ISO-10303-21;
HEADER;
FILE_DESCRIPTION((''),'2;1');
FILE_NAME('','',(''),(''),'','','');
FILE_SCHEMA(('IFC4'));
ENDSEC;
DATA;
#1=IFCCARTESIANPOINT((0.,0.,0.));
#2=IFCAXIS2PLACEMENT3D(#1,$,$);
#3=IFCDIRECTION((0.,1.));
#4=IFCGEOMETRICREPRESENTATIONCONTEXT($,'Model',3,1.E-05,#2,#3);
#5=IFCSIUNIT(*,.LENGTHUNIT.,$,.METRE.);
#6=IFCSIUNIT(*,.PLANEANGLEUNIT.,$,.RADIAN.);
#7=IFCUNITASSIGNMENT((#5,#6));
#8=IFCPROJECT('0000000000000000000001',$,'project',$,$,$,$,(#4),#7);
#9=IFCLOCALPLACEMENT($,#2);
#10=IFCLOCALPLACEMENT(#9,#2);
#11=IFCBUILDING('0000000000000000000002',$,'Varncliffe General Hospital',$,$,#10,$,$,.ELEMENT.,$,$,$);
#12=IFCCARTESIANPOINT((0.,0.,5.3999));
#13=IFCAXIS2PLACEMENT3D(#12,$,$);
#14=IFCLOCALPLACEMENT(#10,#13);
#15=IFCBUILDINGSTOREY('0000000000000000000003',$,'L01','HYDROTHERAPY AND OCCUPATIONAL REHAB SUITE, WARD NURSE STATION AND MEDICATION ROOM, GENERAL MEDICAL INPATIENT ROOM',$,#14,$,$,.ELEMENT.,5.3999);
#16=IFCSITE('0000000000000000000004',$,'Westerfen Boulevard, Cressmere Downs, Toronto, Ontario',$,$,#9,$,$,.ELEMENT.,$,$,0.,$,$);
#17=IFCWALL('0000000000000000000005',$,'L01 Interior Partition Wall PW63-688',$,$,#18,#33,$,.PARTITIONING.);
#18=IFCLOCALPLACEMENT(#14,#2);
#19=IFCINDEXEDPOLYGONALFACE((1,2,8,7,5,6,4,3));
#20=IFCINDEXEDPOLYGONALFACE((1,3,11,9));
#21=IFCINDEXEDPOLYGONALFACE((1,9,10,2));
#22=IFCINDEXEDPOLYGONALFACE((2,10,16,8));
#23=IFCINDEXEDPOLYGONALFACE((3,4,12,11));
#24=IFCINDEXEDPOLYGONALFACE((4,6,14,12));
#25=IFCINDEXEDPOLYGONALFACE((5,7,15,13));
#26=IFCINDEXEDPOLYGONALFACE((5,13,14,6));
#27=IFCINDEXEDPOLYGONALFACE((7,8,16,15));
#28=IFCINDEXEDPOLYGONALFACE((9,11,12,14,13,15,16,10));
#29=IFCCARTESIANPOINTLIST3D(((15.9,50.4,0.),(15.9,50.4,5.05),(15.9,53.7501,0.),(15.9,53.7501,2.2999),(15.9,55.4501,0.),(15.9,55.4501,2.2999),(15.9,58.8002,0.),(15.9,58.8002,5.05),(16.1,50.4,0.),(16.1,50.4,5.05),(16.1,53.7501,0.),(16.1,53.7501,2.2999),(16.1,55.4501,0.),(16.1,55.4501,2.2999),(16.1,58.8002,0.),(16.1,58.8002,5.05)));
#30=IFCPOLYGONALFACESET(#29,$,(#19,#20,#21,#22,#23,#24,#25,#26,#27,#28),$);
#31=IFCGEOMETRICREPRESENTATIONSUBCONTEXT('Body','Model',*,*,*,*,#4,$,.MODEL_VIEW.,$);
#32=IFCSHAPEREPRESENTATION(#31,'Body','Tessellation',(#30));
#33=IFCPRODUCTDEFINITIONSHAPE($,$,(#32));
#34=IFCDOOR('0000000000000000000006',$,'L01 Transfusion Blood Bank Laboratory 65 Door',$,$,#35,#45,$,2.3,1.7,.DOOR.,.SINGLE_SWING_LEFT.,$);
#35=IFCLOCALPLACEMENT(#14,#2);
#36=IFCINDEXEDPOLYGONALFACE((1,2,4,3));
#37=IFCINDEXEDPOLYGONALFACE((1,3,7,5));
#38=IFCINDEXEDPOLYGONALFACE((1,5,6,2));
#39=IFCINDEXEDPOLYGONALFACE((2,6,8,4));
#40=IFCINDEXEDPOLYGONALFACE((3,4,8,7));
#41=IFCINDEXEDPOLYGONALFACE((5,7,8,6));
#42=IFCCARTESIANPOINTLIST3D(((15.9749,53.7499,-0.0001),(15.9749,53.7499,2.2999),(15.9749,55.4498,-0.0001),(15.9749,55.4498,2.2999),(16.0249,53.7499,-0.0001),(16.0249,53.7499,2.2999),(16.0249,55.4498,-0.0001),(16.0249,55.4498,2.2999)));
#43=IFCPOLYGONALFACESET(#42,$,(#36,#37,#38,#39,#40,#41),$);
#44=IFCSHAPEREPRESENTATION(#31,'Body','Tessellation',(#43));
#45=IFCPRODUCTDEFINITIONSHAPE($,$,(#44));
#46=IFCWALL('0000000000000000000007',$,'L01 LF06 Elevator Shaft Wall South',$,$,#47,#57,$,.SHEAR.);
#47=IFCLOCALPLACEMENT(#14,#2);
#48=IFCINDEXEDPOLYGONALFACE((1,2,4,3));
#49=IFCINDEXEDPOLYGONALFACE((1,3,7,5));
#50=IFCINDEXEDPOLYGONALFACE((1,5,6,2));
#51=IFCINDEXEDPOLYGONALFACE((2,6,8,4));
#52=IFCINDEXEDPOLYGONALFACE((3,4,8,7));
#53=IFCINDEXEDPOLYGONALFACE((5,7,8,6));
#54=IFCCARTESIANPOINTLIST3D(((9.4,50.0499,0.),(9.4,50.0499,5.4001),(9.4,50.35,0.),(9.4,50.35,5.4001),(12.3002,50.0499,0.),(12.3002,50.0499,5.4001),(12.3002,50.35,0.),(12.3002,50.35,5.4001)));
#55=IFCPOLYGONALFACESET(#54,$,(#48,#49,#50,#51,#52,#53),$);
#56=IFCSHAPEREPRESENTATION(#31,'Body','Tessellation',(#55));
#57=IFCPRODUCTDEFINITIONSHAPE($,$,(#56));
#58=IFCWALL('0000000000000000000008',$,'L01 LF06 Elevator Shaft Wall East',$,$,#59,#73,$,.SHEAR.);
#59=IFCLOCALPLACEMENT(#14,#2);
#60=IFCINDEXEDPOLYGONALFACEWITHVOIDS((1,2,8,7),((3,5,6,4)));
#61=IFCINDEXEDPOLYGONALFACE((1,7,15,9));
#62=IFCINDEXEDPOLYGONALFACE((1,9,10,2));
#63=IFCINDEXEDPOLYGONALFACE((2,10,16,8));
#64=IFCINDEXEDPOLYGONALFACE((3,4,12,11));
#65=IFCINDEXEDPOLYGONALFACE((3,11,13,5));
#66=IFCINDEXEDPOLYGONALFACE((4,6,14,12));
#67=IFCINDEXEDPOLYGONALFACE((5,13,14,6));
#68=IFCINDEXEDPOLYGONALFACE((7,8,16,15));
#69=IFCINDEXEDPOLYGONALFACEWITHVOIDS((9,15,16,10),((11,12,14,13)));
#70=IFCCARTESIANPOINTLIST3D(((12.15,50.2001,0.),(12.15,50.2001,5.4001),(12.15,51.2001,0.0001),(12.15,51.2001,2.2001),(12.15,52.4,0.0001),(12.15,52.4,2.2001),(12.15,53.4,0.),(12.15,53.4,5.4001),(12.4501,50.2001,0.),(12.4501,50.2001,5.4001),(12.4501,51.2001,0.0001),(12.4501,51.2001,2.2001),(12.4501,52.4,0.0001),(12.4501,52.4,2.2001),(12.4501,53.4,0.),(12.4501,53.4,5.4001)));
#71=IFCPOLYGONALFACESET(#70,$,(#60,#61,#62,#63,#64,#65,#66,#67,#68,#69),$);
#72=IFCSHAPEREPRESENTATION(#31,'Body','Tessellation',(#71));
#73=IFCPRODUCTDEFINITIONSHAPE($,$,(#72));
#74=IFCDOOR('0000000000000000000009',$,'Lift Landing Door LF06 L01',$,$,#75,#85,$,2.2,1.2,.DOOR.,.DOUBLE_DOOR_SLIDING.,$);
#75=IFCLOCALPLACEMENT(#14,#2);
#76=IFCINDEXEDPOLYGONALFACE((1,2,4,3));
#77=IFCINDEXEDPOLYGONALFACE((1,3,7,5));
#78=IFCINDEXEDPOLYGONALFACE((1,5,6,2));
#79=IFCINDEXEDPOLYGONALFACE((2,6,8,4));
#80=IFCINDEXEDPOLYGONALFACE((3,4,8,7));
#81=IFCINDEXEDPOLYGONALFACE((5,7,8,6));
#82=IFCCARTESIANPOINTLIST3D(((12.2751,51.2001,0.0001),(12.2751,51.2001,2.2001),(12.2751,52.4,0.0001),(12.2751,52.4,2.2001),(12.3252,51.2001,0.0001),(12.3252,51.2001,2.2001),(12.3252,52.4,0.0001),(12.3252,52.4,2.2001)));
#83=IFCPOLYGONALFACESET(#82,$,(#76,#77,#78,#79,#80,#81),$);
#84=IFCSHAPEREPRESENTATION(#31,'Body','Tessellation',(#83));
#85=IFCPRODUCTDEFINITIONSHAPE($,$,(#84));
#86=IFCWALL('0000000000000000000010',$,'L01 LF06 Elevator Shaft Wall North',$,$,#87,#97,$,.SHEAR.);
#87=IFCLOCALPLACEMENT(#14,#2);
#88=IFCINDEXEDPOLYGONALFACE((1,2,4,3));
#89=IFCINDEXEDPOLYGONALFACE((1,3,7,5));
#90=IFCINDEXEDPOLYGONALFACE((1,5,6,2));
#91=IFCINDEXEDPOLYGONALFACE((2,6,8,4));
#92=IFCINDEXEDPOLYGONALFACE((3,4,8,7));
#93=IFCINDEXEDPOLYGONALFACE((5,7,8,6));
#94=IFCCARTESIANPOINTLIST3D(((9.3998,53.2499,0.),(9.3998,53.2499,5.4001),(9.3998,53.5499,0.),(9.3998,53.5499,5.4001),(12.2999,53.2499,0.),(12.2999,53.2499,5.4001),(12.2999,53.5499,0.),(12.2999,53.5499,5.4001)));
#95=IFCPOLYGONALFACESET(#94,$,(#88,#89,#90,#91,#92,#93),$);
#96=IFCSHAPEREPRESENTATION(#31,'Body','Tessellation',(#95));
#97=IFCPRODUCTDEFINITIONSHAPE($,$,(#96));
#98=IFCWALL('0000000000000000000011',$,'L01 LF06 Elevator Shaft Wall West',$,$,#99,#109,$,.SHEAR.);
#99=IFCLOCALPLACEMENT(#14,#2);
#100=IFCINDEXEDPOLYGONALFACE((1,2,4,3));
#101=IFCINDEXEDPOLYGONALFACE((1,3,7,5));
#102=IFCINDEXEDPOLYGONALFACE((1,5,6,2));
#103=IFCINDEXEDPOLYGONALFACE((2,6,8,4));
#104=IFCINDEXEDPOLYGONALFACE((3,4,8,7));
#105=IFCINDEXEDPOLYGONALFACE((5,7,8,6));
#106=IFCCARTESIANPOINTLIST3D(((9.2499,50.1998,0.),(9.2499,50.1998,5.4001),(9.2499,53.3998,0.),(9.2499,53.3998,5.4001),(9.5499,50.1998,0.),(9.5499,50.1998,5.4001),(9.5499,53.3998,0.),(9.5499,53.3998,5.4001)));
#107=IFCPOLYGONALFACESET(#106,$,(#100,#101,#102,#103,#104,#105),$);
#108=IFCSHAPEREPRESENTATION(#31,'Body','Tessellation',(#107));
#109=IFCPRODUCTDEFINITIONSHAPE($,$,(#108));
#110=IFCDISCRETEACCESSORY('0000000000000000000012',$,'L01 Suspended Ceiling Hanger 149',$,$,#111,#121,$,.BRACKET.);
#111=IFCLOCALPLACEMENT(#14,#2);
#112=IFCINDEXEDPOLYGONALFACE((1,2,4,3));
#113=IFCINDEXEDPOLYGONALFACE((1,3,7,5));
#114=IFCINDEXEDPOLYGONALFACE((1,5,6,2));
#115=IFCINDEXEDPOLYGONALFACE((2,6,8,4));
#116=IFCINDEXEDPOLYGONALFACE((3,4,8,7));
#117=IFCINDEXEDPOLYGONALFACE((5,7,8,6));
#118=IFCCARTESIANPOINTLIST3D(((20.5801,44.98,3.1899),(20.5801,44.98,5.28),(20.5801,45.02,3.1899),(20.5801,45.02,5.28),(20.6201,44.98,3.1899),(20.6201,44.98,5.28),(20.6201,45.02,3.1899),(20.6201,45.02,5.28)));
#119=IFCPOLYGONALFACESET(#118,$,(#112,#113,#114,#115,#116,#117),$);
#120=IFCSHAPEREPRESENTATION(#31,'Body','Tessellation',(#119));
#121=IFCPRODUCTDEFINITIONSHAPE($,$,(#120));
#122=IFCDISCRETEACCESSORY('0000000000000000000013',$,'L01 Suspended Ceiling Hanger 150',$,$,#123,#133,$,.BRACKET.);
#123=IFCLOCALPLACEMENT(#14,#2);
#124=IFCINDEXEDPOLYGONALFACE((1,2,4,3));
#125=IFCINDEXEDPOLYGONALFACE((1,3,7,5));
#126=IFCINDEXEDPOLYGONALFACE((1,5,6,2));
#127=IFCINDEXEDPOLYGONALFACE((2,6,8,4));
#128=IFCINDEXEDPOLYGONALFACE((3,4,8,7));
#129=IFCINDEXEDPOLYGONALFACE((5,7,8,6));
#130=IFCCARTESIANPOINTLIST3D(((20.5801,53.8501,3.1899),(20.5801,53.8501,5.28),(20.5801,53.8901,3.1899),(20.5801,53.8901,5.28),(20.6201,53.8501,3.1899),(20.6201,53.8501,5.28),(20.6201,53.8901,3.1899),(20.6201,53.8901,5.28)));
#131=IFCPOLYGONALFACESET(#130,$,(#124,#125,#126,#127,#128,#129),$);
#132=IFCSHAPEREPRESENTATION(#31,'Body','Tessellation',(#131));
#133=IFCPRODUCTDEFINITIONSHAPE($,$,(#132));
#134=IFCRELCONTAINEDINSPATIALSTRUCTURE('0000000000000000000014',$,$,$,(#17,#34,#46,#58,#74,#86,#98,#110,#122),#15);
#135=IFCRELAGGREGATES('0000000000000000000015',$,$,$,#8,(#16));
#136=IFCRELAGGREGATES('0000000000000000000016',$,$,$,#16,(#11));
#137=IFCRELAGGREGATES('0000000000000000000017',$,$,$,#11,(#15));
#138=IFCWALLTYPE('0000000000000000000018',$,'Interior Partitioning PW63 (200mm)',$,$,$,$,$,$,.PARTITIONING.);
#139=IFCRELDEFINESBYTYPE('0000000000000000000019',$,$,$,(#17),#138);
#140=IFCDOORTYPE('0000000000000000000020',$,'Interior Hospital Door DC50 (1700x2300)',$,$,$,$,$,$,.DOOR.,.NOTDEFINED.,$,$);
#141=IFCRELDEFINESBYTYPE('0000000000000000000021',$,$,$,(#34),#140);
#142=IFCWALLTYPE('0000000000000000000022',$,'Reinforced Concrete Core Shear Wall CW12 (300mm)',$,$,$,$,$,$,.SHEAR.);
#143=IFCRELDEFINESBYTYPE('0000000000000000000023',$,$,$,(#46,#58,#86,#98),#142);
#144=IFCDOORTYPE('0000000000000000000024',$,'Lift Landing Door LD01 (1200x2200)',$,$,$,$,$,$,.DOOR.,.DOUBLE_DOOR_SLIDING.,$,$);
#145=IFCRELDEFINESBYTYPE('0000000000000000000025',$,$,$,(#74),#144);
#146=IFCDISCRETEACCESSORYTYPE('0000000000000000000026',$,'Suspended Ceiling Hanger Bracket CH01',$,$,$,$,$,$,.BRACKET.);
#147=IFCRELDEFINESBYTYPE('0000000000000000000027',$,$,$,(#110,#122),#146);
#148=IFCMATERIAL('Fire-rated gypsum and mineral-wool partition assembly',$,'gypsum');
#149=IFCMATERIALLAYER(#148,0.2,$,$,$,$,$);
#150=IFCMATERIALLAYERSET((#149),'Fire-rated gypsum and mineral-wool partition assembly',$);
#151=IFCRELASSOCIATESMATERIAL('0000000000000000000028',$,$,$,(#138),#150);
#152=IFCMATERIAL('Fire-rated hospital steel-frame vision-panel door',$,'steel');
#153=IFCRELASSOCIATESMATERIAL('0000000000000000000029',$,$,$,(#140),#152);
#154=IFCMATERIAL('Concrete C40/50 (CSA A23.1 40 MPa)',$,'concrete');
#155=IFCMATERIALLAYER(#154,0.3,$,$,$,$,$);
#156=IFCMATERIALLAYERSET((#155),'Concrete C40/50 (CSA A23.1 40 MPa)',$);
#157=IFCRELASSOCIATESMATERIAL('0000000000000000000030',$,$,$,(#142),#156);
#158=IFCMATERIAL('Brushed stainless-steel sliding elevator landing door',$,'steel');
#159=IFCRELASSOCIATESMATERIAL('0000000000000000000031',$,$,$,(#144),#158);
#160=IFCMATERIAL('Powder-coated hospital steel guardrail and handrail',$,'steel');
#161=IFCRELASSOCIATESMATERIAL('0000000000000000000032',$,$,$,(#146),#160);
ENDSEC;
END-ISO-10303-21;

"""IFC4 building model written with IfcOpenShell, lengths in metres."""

from ifc_helpers import new_model, si_unit, direction, frame, frame_2d, origin, origin_2d, place, context, subcontext, project, spatial, rectangle, extrude, material, layer, layer_set, type_object, element, fill, save


model = new_model("IFC4")

# Units and contexts
model_context = context("Model", 3, precision=1e-05, world=origin(), true_north=direction((0.0, 1.0)))
body_context = subcontext(model_context, "Body", "Model", "MODEL_VIEW")
ifc_project = project(units=[si_unit("LENGTHUNIT", "METRE"), si_unit("PLANEANGLEUNIT", "RADIAN")], contexts=[model_context])

# Site, building, storey
site_placement = place(None, origin())
site = spatial("IfcSite", under=ifc_project, at=site_placement, Name="Westerfen Boulevard, Cressmere Downs, Toronto, Ontario", CompositionType="ELEMENT", RefElevation=0.0)
building_placement = place(site_placement, origin())
building = spatial("IfcBuilding", under=site, at=building_placement, Name="Varncliffe General Hospital", CompositionType="ELEMENT")
storey_placement = place(building_placement, frame((0.0, 0.0, 5.3999)))
storey = spatial("IfcBuildingStorey", under=building, at=storey_placement, Name="L01", Description="HYDROTHERAPY AND OCCUPATIONAL REHAB SUITE, WARD NURSE STATION AND MEDICATION ROOM, GENERAL MEDICAL INPATIENT ROOM", CompositionType="ELEMENT", Elevation=5.3999)

# Shared definitions
ifc_material_1 = material(Name="Concrete C40/50 (CSA A23.1 40 MPa)", Category="concrete")

# Wall, opening, door
ifc_material_2 = material(Name="Fire-rated gypsum and mineral-wool partition assembly", Category="gypsum")
ifc_layer_1 = layer(ifc_material_2, 0.2)
ifc_layer_set_1 = layer_set([ifc_layer_1], Name="Fire-rated gypsum and mineral-wool partition assembly")
wall_type_1 = type_object("IfcWallType", Name="Interior Partitioning PW63 (200mm)", PredefinedType="PARTITIONING", material=ifc_layer_set_1)
ifc_material_3 = material(Name="Fire-rated hospital steel-frame vision-panel door", Category="steel")
wall_1_placement = place(storey_placement, frame((16.0, 50.3999, 0.0), z_axis=(0.0, 0.0, 1.0), x_axis=(0.0, 1.0, 0.0)))
wall_1 = element("IfcWall", 1, at=wall_1_placement, inside=storey, type_object=wall_type_1, Name="L01 Interior Partition Wall PW63-688", PredefinedType="PARTITIONING", context=body_context, shape_type="SweptSolid", body=[
    extrude(rectangle(XDim=8.4001, YDim=0.2, at=frame_2d((4.2002, 0.0))), origin(), (0.0, 0.0, 1.0), 5.05),
])
opening_1_placement = place(wall_1_placement, frame((3.3501, 0.0, 0.0)))
opening_1 = element("IfcOpeningElement", 2, at=opening_1_placement, cuts=wall_1, PredefinedType="OPENING", context=body_context, shape_type="SweptSolid", body=[
    extrude(rectangle(XDim=1.7, YDim=2.3, at=frame_2d((0.8501, 1.1499))), frame((0.0, 0.1099, 0.0), z_axis=(0.0, -1.0, 0.0), x_axis=(1.0, 0.0, 0.0)), (0.0, 0.0, 1.0), 0.22),
])
door_type_1 = type_object("IfcDoorType", Name="Interior Hospital Door DC50 (1700x2300)", OperationType="NOTDEFINED", PredefinedType="DOOR", material=ifc_material_3)
door_1_placement = place(opening_1_placement, frame((1.7, 0.0, 0.0), z_axis=(0.0, 0.0, 1.0), x_axis=(-1.0, 0.0, 0.0)))
door_1 = element("IfcDoor", 3, at=door_1_placement, inside=storey, type_object=door_type_1, Name="L01 Transfusion Blood Bank Laboratory 65 Door", OperationType="SINGLE_SWING_LEFT", OverallHeight=2.3, OverallWidth=1.7, PredefinedType="DOOR", context=body_context, shape_type="SweptSolid", body=[
    extrude(rectangle(XDim=1.7, YDim=2.3, at=frame_2d((0.8501, 1.1499))), frame((0.0, 0.0249, 0.0), z_axis=(0.0, -1.0, 0.0), x_axis=(1.0, 0.0, 0.0)), (0.0, 0.0, 1.0), 0.05),
])
fill(opening_1, door_1)

# Wall
ifc_layer_2 = layer(ifc_material_1, 0.3)
ifc_layer_set_2 = layer_set([ifc_layer_2], Name="Concrete C40/50 (CSA A23.1 40 MPa)")
wall_type_2 = type_object("IfcWallType", Name="Reinforced Concrete Core Shear Wall CW12 (300mm)", PredefinedType="SHEAR", material=ifc_layer_set_2)
wall_2_placement = place(storey_placement, frame((9.3999, 50.2, 0.0), z_axis=(0.0, 0.0, 1.0), x_axis=(1.0, 0.0, 0.0)))
element("IfcWall", 4, at=wall_2_placement, inside=storey, type_object=wall_type_2, Name="L01 LF06 Elevator Shaft Wall South", PredefinedType="SHEAR", context=body_context, shape_type="SweptSolid", body=[
    extrude(rectangle(XDim=2.9001, YDim=0.3, at=frame_2d((1.4502, 0.0))), origin(), (0.0, 0.0, 1.0), 5.4001),
])

# Wall, opening, door
wall_3_placement = place(storey_placement, frame((12.3, 50.2, 0.0), z_axis=(0.0, 0.0, 1.0), x_axis=(0.0, 1.0, 0.0)))
wall_3 = element("IfcWall", 5, at=wall_3_placement, inside=storey, type_object=wall_type_2, Name="L01 LF06 Elevator Shaft Wall East", PredefinedType="SHEAR", context=body_context, shape_type="SweptSolid", body=[
    extrude(rectangle(XDim=3.2, YDim=0.3, at=frame_2d((1.6001, 0.0))), origin(), (0.0, 0.0, 1.0), 5.4001),
])
opening_2_placement = place(wall_3_placement, frame((1.0, 0.0, 0.0)))
opening_2 = element("IfcOpeningElement", 6, at=opening_2_placement, cuts=wall_3, PredefinedType="OPENING", context=body_context, shape_type="SweptSolid", body=[
    extrude(rectangle(XDim=1.2, YDim=2.2, at=frame_2d((0.6001, 1.1001))), frame((0.0, 0.1602, 0.0), z_axis=(0.0, -1.0, 0.0), x_axis=(1.0, 0.0, 0.0)), (0.0, 0.0, 1.0), 0.3201),
])
ifc_material_4 = material(Name="Brushed stainless-steel sliding elevator landing door", Category="steel")
door_type_2 = type_object("IfcDoorType", Name="Lift Landing Door LD01 (1200x2200)", OperationType="DOUBLE_DOOR_SLIDING", PredefinedType="DOOR", material=ifc_material_4)
door_2_placement = place(opening_2_placement, origin())
door_2 = element("IfcDoor", 7, at=door_2_placement, inside=storey, type_object=door_type_2, Name="Lift Landing Door LF06 L01", OperationType="DOUBLE_DOOR_SLIDING", OverallHeight=2.2, OverallWidth=1.2, PredefinedType="DOOR", context=body_context, shape_type="SweptSolid", body=[
    extrude(rectangle(XDim=1.2, YDim=2.2, at=frame_2d((0.6001, 1.1001))), frame((0.0, 0.0249, 0.0), z_axis=(0.0, -1.0, 0.0), x_axis=(1.0, 0.0, 0.0)), (0.0, 0.0, 1.0), 0.05),
])
fill(opening_2, door_2)

# Walls
wall_4_placement = place(storey_placement, frame((12.3, 53.3999, 0.0), z_axis=(0.0, 0.0, 1.0), x_axis=(-1.0, 0.0, 0.0)))
element("IfcWall", 8, at=wall_4_placement, inside=storey, type_object=wall_type_2, Name="L01 LF06 Elevator Shaft Wall North", PredefinedType="SHEAR", context=body_context, shape_type="SweptSolid", body=[
    extrude(rectangle(XDim=2.9001, YDim=0.3, at=frame_2d((1.4502, 0.0))), origin(), (0.0, 0.0, 1.0), 5.4001),
])
wall_5_placement = place(storey_placement, frame((9.3999, 53.3999, 0.0), z_axis=(0.0, 0.0, 1.0), x_axis=(0.0, -1.0, 0.0)))
element("IfcWall", 9, at=wall_5_placement, inside=storey, type_object=wall_type_2, Name="L01 LF06 Elevator Shaft Wall West", PredefinedType="SHEAR", context=body_context, shape_type="SweptSolid", body=[
    extrude(rectangle(XDim=3.2, YDim=0.3, at=frame_2d((1.6001, 0.0))), origin(), (0.0, 0.0, 1.0), 5.4001),
])

# Discrete accessories
ifc_material_5 = material(Name="Powder-coated hospital steel guardrail and handrail", Category="steel")
discrete_accessory_type = type_object("IfcDiscreteAccessoryType", Name="Suspended Ceiling Hanger Bracket CH01", PredefinedType="BRACKET", material=ifc_material_5)
for number, where, z_axis, x_axis, name in (
    (10, (20.6001, 45.0, 3.1899), (0.0, 0.0, 1.0), (1.0, 0.0, 0.0), "L01 Suspended Ceiling Hanger 149"),
    (11, (20.6001, 53.8701, 3.1899), (0.0, 0.0, 1.0), (1.0, 0.0, 0.0), "L01 Suspended Ceiling Hanger 150"),
):
    element("IfcDiscreteAccessory", number, at=place(storey_placement, frame(where, z_axis=z_axis, x_axis=x_axis)), inside=storey, type_object=discrete_accessory_type, Name=name, PredefinedType="BRACKET", context=body_context, shape_type="SweptSolid", body=[
        extrude(rectangle(XDim=0.04, YDim=0.04, at=origin_2d()), origin(), (0.0, 0.0, 1.0), 2.0901),
    ])

save(model, "model.ifc")
